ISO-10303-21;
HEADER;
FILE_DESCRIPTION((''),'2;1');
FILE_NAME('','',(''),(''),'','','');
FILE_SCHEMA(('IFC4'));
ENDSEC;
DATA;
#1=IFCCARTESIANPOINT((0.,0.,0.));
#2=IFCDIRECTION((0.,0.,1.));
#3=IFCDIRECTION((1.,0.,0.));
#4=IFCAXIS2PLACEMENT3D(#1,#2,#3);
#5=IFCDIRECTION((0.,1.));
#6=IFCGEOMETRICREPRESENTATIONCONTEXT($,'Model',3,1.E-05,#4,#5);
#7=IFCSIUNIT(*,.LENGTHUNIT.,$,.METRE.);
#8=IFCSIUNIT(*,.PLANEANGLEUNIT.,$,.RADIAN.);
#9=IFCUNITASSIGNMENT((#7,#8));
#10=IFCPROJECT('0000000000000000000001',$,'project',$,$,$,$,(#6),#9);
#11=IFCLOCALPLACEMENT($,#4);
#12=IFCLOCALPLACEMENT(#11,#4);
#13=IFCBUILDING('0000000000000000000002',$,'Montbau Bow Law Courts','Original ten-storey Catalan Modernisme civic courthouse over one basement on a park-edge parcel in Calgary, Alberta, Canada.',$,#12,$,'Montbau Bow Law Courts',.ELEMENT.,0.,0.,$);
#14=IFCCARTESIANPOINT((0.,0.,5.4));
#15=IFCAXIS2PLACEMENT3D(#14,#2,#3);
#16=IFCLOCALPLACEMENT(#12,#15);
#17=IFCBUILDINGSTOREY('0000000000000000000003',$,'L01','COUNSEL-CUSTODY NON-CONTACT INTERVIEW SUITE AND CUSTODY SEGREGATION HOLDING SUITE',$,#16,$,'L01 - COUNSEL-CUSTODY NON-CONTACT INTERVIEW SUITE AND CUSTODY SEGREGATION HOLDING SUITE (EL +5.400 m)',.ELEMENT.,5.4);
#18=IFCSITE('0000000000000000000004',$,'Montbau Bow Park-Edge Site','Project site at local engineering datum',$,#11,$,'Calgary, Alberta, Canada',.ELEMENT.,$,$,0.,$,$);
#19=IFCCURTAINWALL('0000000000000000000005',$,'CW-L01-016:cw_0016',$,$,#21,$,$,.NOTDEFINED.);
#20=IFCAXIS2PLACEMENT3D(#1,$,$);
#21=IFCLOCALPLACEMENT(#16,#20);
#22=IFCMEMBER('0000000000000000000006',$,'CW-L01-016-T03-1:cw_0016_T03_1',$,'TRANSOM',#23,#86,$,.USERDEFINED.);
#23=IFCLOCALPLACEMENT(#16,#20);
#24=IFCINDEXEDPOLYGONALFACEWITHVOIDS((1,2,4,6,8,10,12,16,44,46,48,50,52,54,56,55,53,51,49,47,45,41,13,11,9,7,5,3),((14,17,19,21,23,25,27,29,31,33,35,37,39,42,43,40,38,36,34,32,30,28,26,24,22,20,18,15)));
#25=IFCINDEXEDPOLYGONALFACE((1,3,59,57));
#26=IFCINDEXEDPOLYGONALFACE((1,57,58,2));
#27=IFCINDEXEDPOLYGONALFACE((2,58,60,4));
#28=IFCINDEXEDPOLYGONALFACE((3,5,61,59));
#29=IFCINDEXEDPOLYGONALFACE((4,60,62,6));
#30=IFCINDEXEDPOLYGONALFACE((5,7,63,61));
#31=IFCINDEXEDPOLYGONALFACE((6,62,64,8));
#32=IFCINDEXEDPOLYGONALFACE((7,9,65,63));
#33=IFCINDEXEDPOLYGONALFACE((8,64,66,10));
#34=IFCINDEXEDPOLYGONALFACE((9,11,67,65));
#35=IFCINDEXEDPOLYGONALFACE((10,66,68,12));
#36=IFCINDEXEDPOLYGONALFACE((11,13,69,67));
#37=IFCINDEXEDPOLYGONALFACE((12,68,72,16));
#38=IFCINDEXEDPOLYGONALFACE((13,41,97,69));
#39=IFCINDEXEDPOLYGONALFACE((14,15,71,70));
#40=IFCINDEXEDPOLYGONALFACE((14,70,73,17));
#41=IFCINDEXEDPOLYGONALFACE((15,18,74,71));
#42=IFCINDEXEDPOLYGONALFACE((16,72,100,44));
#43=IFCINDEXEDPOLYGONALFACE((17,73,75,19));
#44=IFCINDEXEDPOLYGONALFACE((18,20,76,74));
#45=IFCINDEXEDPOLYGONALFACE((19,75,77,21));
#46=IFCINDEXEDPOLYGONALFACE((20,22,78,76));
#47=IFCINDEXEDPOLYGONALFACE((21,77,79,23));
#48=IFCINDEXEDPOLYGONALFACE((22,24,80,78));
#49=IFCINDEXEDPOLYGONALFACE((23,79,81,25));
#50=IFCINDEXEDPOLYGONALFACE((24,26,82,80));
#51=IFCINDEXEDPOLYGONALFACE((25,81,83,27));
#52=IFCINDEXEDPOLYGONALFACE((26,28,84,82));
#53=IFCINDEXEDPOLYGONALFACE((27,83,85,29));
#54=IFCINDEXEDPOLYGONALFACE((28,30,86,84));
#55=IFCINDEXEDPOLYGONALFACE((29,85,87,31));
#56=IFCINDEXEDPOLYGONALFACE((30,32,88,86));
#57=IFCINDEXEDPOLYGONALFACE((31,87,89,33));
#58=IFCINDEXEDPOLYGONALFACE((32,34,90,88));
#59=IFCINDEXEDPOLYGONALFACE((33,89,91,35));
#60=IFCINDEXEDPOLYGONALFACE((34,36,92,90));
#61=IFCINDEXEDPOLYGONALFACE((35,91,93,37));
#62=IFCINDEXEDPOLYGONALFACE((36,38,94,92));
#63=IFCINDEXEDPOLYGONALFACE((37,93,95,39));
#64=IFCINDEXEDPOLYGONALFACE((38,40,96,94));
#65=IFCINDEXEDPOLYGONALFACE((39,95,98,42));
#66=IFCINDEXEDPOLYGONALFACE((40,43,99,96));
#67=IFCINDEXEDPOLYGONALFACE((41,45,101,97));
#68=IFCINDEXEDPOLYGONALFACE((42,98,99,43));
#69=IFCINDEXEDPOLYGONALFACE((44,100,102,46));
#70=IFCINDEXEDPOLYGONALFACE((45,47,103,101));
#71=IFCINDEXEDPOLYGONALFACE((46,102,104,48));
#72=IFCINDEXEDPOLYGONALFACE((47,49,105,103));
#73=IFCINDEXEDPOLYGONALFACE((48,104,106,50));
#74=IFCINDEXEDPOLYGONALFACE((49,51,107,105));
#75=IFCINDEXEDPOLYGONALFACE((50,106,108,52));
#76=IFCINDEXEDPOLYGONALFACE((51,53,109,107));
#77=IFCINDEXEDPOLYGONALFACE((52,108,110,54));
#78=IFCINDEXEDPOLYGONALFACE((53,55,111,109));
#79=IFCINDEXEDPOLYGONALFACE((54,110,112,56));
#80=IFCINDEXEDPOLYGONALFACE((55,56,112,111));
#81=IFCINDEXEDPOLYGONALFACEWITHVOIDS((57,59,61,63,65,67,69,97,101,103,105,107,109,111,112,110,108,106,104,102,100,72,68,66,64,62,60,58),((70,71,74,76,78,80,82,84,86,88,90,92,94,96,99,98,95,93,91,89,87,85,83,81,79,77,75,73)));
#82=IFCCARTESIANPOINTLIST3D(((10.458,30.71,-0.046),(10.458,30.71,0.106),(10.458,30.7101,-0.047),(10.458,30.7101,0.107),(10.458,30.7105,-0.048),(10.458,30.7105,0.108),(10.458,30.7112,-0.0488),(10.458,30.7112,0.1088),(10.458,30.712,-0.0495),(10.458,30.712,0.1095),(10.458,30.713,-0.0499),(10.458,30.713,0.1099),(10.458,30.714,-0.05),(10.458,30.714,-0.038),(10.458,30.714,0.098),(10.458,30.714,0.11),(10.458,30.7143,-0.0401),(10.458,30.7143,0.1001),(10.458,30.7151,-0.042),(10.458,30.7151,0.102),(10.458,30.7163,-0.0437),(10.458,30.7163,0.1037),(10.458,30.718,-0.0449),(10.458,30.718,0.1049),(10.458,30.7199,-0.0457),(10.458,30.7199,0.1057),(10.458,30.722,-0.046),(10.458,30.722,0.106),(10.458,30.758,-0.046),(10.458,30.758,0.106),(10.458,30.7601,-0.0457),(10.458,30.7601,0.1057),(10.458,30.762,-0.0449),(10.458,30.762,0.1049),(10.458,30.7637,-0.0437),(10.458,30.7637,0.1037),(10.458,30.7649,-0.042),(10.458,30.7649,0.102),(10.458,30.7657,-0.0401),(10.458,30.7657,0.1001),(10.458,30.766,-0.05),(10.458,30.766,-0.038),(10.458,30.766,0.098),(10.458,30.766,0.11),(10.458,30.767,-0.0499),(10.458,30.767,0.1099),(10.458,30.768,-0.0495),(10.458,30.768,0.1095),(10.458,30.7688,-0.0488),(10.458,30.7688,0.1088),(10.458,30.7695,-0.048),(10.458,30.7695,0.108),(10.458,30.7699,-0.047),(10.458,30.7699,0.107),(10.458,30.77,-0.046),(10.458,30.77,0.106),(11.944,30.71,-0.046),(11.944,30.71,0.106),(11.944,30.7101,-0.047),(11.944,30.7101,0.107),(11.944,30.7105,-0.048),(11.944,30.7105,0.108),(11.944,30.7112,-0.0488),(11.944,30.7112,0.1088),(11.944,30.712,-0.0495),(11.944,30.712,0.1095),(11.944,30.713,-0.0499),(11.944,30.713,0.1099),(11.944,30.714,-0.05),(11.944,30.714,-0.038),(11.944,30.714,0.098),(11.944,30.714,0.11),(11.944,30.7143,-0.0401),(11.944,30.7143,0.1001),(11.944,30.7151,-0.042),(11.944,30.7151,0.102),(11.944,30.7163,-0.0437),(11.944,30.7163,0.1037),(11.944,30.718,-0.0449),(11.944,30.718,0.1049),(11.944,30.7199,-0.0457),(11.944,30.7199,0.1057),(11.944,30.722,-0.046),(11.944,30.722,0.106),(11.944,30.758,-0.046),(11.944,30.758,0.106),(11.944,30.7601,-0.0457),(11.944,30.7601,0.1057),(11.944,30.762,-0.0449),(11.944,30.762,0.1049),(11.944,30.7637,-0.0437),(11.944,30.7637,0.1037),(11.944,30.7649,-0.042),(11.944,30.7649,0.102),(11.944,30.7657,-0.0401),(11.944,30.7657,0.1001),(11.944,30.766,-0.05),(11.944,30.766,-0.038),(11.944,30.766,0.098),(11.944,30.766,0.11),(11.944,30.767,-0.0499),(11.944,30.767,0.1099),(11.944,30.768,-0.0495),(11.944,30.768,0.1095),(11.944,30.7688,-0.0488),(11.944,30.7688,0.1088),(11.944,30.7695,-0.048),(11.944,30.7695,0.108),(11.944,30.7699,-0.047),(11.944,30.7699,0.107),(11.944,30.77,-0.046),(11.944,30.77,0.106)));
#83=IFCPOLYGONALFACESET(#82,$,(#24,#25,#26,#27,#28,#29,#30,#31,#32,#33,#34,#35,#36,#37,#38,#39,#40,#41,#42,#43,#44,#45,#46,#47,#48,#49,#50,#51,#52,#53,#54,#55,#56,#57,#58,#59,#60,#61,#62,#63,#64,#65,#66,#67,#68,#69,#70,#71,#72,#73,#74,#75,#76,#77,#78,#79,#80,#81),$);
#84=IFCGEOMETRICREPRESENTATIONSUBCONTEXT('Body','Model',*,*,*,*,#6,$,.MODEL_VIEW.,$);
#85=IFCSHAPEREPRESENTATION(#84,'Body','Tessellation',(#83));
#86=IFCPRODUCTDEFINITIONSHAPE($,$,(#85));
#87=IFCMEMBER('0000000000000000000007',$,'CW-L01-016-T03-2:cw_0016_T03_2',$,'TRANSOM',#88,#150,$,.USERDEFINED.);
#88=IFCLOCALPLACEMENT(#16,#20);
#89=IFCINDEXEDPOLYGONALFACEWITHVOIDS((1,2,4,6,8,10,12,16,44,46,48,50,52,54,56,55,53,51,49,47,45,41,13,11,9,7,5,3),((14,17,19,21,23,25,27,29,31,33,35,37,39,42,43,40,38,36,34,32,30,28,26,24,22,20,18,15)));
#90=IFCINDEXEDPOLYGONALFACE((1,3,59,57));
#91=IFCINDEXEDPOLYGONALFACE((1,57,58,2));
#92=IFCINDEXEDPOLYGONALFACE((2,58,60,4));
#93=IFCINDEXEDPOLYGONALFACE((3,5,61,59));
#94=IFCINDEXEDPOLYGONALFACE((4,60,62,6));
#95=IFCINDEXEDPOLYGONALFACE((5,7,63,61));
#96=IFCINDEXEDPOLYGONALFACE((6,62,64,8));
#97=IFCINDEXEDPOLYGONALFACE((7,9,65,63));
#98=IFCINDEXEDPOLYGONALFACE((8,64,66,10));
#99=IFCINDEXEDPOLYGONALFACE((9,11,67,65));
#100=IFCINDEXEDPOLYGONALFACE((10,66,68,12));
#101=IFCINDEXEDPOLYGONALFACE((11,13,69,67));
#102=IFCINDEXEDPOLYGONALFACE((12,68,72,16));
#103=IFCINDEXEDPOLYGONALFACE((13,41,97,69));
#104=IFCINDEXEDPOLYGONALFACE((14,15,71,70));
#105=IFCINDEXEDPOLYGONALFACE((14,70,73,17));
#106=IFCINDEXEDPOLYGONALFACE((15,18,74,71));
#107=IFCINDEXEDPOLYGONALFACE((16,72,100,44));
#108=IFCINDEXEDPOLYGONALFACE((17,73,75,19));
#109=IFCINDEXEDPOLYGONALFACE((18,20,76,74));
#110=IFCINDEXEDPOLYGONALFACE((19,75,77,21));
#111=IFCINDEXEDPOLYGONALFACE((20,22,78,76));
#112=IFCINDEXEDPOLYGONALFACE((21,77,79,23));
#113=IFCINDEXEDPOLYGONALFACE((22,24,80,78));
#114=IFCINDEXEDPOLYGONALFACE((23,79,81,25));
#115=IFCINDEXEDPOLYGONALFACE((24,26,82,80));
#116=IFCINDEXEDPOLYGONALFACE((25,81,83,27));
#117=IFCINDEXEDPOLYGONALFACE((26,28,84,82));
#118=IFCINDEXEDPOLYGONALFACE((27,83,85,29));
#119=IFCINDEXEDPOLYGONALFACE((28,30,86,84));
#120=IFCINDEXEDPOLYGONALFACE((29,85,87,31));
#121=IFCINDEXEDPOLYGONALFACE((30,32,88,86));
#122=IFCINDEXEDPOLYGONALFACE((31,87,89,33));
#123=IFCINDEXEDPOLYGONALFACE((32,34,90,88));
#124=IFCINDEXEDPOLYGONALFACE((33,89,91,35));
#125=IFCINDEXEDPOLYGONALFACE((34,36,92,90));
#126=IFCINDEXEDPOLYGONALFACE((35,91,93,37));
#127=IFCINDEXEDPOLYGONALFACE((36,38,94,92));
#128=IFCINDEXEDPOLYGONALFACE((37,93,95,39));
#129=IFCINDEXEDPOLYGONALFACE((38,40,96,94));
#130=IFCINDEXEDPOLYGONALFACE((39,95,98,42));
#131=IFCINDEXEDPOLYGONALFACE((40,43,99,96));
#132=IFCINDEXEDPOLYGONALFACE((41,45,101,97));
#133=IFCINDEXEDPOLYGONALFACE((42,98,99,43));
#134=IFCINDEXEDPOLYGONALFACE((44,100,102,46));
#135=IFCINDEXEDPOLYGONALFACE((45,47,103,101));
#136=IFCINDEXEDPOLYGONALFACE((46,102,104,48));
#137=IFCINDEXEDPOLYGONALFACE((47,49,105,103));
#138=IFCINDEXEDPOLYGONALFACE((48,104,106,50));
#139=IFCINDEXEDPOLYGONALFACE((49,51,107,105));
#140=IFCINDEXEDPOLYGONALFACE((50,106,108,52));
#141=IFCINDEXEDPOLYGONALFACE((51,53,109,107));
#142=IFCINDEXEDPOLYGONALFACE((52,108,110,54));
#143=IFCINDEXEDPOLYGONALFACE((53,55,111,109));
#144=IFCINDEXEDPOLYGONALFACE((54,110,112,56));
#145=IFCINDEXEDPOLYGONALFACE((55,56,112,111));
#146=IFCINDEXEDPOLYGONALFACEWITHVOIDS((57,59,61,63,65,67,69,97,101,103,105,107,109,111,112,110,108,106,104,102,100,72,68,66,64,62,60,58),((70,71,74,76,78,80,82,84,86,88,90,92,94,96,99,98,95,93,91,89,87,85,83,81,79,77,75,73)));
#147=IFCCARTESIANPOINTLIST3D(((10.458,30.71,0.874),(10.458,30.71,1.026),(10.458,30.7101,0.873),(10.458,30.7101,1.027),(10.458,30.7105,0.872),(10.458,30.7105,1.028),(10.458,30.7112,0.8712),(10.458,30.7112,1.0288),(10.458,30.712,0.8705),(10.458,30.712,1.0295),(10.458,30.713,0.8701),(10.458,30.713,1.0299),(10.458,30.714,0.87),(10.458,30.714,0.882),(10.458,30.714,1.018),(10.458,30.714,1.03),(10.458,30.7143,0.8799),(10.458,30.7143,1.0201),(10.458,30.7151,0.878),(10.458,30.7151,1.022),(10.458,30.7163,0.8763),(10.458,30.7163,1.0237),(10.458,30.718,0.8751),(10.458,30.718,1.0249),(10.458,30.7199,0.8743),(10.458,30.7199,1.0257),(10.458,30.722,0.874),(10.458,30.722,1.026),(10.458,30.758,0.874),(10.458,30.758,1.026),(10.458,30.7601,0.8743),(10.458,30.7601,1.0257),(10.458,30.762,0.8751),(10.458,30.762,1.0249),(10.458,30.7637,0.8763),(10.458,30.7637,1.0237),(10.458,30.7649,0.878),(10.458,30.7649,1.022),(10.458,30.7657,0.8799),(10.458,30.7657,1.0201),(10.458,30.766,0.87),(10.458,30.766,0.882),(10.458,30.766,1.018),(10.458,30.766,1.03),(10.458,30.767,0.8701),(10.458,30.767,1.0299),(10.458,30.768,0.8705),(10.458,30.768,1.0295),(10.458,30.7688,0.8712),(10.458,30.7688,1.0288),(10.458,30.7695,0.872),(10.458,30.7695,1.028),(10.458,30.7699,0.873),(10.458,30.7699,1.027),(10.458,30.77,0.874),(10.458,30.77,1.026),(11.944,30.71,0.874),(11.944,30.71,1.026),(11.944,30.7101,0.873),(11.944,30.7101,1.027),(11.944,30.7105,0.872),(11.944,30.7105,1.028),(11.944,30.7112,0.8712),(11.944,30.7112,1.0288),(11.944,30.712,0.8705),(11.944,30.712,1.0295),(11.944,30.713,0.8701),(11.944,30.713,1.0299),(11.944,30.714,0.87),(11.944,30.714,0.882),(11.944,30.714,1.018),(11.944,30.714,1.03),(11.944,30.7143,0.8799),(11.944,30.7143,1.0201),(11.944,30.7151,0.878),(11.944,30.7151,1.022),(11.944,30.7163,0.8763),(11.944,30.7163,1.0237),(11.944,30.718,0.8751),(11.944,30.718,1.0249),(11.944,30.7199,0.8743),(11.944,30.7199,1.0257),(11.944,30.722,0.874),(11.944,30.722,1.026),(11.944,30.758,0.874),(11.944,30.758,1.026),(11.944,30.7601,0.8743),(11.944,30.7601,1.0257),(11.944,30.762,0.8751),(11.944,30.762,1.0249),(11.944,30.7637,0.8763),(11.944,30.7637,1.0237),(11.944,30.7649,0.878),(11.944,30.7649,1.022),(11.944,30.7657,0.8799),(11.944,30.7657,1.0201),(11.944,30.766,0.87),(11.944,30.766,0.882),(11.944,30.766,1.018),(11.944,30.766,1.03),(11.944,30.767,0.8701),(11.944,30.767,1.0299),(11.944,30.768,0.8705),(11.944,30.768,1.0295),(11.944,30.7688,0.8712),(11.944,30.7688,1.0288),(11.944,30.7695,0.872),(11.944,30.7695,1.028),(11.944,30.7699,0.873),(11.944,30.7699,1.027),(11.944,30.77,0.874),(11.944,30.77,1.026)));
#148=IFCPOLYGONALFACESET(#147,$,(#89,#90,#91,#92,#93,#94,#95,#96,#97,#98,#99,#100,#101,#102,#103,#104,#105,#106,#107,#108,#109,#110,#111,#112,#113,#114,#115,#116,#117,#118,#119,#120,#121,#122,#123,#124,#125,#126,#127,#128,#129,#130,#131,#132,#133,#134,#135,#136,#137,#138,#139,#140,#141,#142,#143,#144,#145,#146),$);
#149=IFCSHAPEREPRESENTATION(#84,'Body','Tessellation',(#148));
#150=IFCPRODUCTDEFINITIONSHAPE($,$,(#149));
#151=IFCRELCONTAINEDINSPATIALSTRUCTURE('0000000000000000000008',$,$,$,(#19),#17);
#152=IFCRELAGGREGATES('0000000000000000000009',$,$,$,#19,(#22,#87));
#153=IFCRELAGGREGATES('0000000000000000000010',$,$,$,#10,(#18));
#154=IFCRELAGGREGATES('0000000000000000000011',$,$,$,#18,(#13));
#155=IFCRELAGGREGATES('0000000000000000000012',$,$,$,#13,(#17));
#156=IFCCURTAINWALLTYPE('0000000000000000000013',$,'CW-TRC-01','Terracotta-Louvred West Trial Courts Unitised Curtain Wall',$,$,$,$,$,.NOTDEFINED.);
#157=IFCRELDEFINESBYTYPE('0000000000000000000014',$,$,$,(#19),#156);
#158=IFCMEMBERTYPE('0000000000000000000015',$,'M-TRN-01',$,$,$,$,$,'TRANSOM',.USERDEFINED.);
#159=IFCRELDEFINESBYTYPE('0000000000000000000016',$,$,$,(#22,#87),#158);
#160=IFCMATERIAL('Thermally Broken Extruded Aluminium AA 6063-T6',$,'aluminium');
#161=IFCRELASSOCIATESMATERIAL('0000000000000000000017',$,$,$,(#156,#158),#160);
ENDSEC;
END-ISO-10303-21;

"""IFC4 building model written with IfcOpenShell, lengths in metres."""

from ifc_helpers import new_model, si_unit, direction, frame, origin_with_axes, origin_2d_with_axis, place, context, subcontext, project, spatial, hollow_rectangle, extrude, material, material_profile, profile_set, type_object, element, aggregate, save


model = new_model("IFC4")

# Units and contexts
model_context = context("Model", 3, precision=1e-05, world=origin_with_axes(), true_north=direction((0.0, 1.0)))
body_context = subcontext(model_context, "Body", "Model", "MODEL_VIEW")
ifc_project = project(units=[si_unit("LENGTHUNIT", "METRE"), si_unit("PLANEANGLEUNIT", "RADIAN")], contexts=[model_context])

# Site, building, storey
site_placement = place(None, origin_with_axes())
site = spatial("IfcSite", under=ifc_project, at=site_placement, Name="Montbau Bow Park-Edge Site", Description="Project site at local engineering datum", LongName="Calgary, Alberta, Canada", CompositionType="ELEMENT", RefElevation=0.0)
building_placement = place(site_placement, origin_with_axes())
building = spatial("IfcBuilding", under=site, at=building_placement, Name="Montbau Bow Law Courts", Description="Original ten-storey Catalan Modernisme civic courthouse over one basement on a park-edge parcel in Calgary, Alberta, Canada.", LongName="Montbau Bow Law Courts", CompositionType="ELEMENT", ElevationOfRefHeight=0.0, ElevationOfTerrain=0.0)
storey_placement = place(building_placement, frame((0.0, 0.0, 5.4), z_axis=(0.0, 0.0, 1.0), x_axis=(1.0, 0.0, 0.0)))
storey = spatial("IfcBuildingStorey", under=building, at=storey_placement, Name="L01", Description="COUNSEL-CUSTODY NON-CONTACT INTERVIEW SUITE AND CUSTODY SEGREGATION HOLDING SUITE", LongName="L01 - COUNSEL-CUSTODY NON-CONTACT INTERVIEW SUITE AND CUSTODY SEGREGATION HOLDING SUITE (EL +5.400 m)", CompositionType="ELEMENT", Elevation=5.4)

# Curtain wall
ifc_material_1 = material(Name="Thermally Broken Extruded Aluminium AA 6063-T6", Category="aluminium")
curtain_wall_type = type_object("IfcCurtainWallType", Name="CW-TRC-01", Description="Terracotta-Louvred West Trial Courts Unitised Curtain Wall", PredefinedType="NOTDEFINED", material=ifc_material_1)
curtain_wall_1_placement = place(None, frame((7.315, 30.74, 5.4), z_axis=(0.0, 0.0, 1.0), x_axis=(1.0, 0.0, 0.0)))
curtain_wall_1 = element("IfcCurtainWall", 1, at=curtain_wall_1_placement, inside=storey, type_object=curtain_wall_type, Name="CW-L01-016:cw_0016", PredefinedType="NOTDEFINED")

# Members
ifc_material_profile_1 = material_profile(ifc_material_1, hollow_rectangle(XDim=0.06, YDim=0.16, WallThickness=0.004, InnerFilletRadius=0.008, OuterFilletRadius=0.004, at=origin_2d_with_axis()), Name="CWT-160X60", Category="Main", Priority=0)
ifc_profile_set_1 = profile_set([ifc_material_profile_1], Name="Thermally Broken Extruded Aluminium AA 6063-T6")
member_type_1 = type_object("IfcMemberType", Name="M-TRN-01", ElementType="TRANSOM", PredefinedType="USERDEFINED", material=ifc_profile_set_1)
member_1_placement = place(None, frame((10.458, 30.74, 5.43), z_axis=(1.0, 0.0, 0.0), x_axis=(0.0, 1.0, 0.0)))
member_1 = element("IfcMember", 2, at=member_1_placement, type_object=member_type_1, Name="CW-L01-016-T03-1:cw_0016_T03_1", ObjectType="TRANSOM", PredefinedType="USERDEFINED", context=body_context, shape_type="SweptSolid", body=[
    extrude(hollow_rectangle(XDim=0.06, YDim=0.16, WallThickness=0.004, InnerFilletRadius=0.008, OuterFilletRadius=0.004, at=origin_2d_with_axis()), origin_with_axes(), (0.0, 0.0, 1.0), 1.486),
])
member_2_placement = place(None, frame((10.458, 30.74, 6.35), z_axis=(1.0, 0.0, 0.0), x_axis=(0.0, 1.0, 0.0)))
member_2 = element("IfcMember", 3, at=member_2_placement, type_object=member_type_1, Name="CW-L01-016-T03-2:cw_0016_T03_2", ObjectType="TRANSOM", PredefinedType="USERDEFINED", context=body_context, shape_type="SweptSolid", body=[
    extrude(hollow_rectangle(XDim=0.06, YDim=0.16, WallThickness=0.004, InnerFilletRadius=0.008, OuterFilletRadius=0.004, at=origin_2d_with_axis()), origin_with_axes(), (0.0, 0.0, 1.0), 1.486),
])

aggregate(curtain_wall_1, [member_1, member_2])

save(model, "model.ifc")
